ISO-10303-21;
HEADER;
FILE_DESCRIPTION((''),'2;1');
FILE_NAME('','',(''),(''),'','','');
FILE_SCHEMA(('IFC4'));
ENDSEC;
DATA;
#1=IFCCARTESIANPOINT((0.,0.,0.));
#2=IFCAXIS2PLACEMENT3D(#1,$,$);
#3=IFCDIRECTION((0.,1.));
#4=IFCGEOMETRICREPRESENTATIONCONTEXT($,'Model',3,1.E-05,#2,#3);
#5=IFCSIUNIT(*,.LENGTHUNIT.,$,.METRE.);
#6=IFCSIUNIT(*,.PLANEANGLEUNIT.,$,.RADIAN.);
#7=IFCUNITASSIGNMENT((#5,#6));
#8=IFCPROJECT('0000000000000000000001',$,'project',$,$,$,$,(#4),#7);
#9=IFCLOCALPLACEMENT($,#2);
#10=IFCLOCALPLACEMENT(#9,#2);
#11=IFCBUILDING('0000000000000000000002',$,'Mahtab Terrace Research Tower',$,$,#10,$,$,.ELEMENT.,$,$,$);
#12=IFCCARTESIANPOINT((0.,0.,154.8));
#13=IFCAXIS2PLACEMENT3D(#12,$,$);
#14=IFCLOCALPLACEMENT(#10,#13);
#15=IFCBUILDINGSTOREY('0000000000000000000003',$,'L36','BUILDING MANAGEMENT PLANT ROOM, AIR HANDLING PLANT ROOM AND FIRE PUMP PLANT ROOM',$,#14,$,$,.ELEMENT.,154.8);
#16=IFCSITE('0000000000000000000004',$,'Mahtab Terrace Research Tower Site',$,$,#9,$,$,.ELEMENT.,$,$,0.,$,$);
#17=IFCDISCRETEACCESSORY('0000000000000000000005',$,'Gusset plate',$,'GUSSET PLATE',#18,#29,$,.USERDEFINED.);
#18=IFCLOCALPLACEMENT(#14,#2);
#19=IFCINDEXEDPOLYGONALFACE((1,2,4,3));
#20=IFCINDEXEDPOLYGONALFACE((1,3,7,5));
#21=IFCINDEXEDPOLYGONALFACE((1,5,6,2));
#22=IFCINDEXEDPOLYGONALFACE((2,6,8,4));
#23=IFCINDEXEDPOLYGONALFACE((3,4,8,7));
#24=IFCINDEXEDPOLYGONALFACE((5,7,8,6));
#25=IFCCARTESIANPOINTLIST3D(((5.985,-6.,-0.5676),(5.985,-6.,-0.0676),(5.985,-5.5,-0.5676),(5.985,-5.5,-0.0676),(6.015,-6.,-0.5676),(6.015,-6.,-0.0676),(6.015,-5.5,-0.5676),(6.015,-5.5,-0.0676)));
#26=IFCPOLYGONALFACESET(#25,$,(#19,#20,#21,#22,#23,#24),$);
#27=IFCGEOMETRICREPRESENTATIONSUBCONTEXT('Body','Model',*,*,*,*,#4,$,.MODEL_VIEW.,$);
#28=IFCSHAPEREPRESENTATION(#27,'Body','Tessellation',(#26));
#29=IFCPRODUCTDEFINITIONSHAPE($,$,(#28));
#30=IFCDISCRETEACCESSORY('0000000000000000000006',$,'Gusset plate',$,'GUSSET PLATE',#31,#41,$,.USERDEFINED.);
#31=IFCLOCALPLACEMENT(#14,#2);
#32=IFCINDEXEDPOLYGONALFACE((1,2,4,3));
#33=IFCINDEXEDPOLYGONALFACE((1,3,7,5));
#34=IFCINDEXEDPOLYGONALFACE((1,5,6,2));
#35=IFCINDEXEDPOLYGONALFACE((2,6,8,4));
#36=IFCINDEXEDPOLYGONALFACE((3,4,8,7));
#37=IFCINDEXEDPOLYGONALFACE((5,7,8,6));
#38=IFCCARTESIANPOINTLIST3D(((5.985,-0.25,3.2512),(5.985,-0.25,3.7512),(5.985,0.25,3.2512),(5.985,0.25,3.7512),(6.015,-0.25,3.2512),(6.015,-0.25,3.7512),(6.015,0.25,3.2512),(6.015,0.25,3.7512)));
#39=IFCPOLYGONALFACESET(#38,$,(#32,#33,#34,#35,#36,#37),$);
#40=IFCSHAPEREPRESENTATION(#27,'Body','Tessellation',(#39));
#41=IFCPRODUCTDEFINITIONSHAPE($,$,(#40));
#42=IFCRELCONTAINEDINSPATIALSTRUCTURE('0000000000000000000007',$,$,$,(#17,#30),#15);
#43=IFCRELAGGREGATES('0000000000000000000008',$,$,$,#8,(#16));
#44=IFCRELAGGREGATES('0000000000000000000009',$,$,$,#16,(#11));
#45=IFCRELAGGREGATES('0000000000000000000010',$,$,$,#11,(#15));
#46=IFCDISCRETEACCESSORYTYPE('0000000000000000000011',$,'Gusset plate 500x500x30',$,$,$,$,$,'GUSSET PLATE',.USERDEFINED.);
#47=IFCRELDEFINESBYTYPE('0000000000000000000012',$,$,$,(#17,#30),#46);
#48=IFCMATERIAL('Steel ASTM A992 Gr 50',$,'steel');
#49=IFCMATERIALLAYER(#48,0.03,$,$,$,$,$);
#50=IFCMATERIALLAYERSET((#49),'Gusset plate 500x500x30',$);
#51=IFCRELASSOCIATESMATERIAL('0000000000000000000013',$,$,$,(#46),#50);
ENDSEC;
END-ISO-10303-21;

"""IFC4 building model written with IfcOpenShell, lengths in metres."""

from ifc_helpers import new_model, si_unit, direction, frame, origin, origin_2d, place, context, subcontext, project, spatial, rectangle, extrude, material, layer, layer_set, type_object, element, save


model = new_model("IFC4")

# Units and contexts
model_context = context("Model", 3, precision=1e-05, world=origin(), true_north=direction((0.0, 1.0)))
body_context = subcontext(model_context, "Body", "Model", "MODEL_VIEW")
ifc_project = project(units=[si_unit("LENGTHUNIT", "METRE"), si_unit("PLANEANGLEUNIT", "RADIAN")], contexts=[model_context])

# Site, building, storey
site_placement = place(None, origin())
site = spatial("IfcSite", under=ifc_project, at=site_placement, Name="Mahtab Terrace Research Tower Site", CompositionType="ELEMENT", RefElevation=0.0)
building_placement = place(site_placement, origin())
building = spatial("IfcBuilding", under=site, at=building_placement, Name="Mahtab Terrace Research Tower", CompositionType="ELEMENT")
storey_placement = place(building_placement, frame((0.0, 0.0, 154.8)))
storey = spatial("IfcBuildingStorey", under=building, at=storey_placement, Name="L36", Description="BUILDING MANAGEMENT PLANT ROOM, AIR HANDLING PLANT ROOM AND FIRE PUMP PLANT ROOM", CompositionType="ELEMENT", Elevation=154.8)

# Shared definitions
ifc_material_1 = material(Name="Steel ASTM A992 Gr 50", Category="steel")

# Discrete accessories
ifc_layer_1 = layer(ifc_material_1, 0.03)
ifc_layer_set_1 = layer_set([ifc_layer_1], Name="Gusset plate 500x500x30")
discrete_accessory_type = type_object("IfcDiscreteAccessoryType", Name="Gusset plate 500x500x30", ElementType="GUSSET PLATE", PredefinedType="USERDEFINED", material=ifc_layer_set_1)
for number, where, z_axis, x_axis, name in (
    (1, (6.0, -5.75, -0.5676), (0.0, 0.0, 1.0), (0.0, 1.0, 0.0), "Gusset plate"),
    (2, (6.0, 0.0, 3.2512), (0.0, 0.0, 1.0), (0.0, 1.0, 0.0), "Gusset plate"),
):
    element("IfcDiscreteAccessory", number, at=place(storey_placement, frame(where, z_axis=z_axis, x_axis=x_axis)), inside=storey, type_object=discrete_accessory_type, Name=name, ObjectType="GUSSET PLATE", PredefinedType="USERDEFINED", context=body_context, shape_type="SweptSolid", body=[
        extrude(rectangle(XDim=0.5, YDim=0.03, at=origin_2d()), origin(), (0.0, 0.0, 1.0), 0.5),
    ])

save(model, "model.ifc")
